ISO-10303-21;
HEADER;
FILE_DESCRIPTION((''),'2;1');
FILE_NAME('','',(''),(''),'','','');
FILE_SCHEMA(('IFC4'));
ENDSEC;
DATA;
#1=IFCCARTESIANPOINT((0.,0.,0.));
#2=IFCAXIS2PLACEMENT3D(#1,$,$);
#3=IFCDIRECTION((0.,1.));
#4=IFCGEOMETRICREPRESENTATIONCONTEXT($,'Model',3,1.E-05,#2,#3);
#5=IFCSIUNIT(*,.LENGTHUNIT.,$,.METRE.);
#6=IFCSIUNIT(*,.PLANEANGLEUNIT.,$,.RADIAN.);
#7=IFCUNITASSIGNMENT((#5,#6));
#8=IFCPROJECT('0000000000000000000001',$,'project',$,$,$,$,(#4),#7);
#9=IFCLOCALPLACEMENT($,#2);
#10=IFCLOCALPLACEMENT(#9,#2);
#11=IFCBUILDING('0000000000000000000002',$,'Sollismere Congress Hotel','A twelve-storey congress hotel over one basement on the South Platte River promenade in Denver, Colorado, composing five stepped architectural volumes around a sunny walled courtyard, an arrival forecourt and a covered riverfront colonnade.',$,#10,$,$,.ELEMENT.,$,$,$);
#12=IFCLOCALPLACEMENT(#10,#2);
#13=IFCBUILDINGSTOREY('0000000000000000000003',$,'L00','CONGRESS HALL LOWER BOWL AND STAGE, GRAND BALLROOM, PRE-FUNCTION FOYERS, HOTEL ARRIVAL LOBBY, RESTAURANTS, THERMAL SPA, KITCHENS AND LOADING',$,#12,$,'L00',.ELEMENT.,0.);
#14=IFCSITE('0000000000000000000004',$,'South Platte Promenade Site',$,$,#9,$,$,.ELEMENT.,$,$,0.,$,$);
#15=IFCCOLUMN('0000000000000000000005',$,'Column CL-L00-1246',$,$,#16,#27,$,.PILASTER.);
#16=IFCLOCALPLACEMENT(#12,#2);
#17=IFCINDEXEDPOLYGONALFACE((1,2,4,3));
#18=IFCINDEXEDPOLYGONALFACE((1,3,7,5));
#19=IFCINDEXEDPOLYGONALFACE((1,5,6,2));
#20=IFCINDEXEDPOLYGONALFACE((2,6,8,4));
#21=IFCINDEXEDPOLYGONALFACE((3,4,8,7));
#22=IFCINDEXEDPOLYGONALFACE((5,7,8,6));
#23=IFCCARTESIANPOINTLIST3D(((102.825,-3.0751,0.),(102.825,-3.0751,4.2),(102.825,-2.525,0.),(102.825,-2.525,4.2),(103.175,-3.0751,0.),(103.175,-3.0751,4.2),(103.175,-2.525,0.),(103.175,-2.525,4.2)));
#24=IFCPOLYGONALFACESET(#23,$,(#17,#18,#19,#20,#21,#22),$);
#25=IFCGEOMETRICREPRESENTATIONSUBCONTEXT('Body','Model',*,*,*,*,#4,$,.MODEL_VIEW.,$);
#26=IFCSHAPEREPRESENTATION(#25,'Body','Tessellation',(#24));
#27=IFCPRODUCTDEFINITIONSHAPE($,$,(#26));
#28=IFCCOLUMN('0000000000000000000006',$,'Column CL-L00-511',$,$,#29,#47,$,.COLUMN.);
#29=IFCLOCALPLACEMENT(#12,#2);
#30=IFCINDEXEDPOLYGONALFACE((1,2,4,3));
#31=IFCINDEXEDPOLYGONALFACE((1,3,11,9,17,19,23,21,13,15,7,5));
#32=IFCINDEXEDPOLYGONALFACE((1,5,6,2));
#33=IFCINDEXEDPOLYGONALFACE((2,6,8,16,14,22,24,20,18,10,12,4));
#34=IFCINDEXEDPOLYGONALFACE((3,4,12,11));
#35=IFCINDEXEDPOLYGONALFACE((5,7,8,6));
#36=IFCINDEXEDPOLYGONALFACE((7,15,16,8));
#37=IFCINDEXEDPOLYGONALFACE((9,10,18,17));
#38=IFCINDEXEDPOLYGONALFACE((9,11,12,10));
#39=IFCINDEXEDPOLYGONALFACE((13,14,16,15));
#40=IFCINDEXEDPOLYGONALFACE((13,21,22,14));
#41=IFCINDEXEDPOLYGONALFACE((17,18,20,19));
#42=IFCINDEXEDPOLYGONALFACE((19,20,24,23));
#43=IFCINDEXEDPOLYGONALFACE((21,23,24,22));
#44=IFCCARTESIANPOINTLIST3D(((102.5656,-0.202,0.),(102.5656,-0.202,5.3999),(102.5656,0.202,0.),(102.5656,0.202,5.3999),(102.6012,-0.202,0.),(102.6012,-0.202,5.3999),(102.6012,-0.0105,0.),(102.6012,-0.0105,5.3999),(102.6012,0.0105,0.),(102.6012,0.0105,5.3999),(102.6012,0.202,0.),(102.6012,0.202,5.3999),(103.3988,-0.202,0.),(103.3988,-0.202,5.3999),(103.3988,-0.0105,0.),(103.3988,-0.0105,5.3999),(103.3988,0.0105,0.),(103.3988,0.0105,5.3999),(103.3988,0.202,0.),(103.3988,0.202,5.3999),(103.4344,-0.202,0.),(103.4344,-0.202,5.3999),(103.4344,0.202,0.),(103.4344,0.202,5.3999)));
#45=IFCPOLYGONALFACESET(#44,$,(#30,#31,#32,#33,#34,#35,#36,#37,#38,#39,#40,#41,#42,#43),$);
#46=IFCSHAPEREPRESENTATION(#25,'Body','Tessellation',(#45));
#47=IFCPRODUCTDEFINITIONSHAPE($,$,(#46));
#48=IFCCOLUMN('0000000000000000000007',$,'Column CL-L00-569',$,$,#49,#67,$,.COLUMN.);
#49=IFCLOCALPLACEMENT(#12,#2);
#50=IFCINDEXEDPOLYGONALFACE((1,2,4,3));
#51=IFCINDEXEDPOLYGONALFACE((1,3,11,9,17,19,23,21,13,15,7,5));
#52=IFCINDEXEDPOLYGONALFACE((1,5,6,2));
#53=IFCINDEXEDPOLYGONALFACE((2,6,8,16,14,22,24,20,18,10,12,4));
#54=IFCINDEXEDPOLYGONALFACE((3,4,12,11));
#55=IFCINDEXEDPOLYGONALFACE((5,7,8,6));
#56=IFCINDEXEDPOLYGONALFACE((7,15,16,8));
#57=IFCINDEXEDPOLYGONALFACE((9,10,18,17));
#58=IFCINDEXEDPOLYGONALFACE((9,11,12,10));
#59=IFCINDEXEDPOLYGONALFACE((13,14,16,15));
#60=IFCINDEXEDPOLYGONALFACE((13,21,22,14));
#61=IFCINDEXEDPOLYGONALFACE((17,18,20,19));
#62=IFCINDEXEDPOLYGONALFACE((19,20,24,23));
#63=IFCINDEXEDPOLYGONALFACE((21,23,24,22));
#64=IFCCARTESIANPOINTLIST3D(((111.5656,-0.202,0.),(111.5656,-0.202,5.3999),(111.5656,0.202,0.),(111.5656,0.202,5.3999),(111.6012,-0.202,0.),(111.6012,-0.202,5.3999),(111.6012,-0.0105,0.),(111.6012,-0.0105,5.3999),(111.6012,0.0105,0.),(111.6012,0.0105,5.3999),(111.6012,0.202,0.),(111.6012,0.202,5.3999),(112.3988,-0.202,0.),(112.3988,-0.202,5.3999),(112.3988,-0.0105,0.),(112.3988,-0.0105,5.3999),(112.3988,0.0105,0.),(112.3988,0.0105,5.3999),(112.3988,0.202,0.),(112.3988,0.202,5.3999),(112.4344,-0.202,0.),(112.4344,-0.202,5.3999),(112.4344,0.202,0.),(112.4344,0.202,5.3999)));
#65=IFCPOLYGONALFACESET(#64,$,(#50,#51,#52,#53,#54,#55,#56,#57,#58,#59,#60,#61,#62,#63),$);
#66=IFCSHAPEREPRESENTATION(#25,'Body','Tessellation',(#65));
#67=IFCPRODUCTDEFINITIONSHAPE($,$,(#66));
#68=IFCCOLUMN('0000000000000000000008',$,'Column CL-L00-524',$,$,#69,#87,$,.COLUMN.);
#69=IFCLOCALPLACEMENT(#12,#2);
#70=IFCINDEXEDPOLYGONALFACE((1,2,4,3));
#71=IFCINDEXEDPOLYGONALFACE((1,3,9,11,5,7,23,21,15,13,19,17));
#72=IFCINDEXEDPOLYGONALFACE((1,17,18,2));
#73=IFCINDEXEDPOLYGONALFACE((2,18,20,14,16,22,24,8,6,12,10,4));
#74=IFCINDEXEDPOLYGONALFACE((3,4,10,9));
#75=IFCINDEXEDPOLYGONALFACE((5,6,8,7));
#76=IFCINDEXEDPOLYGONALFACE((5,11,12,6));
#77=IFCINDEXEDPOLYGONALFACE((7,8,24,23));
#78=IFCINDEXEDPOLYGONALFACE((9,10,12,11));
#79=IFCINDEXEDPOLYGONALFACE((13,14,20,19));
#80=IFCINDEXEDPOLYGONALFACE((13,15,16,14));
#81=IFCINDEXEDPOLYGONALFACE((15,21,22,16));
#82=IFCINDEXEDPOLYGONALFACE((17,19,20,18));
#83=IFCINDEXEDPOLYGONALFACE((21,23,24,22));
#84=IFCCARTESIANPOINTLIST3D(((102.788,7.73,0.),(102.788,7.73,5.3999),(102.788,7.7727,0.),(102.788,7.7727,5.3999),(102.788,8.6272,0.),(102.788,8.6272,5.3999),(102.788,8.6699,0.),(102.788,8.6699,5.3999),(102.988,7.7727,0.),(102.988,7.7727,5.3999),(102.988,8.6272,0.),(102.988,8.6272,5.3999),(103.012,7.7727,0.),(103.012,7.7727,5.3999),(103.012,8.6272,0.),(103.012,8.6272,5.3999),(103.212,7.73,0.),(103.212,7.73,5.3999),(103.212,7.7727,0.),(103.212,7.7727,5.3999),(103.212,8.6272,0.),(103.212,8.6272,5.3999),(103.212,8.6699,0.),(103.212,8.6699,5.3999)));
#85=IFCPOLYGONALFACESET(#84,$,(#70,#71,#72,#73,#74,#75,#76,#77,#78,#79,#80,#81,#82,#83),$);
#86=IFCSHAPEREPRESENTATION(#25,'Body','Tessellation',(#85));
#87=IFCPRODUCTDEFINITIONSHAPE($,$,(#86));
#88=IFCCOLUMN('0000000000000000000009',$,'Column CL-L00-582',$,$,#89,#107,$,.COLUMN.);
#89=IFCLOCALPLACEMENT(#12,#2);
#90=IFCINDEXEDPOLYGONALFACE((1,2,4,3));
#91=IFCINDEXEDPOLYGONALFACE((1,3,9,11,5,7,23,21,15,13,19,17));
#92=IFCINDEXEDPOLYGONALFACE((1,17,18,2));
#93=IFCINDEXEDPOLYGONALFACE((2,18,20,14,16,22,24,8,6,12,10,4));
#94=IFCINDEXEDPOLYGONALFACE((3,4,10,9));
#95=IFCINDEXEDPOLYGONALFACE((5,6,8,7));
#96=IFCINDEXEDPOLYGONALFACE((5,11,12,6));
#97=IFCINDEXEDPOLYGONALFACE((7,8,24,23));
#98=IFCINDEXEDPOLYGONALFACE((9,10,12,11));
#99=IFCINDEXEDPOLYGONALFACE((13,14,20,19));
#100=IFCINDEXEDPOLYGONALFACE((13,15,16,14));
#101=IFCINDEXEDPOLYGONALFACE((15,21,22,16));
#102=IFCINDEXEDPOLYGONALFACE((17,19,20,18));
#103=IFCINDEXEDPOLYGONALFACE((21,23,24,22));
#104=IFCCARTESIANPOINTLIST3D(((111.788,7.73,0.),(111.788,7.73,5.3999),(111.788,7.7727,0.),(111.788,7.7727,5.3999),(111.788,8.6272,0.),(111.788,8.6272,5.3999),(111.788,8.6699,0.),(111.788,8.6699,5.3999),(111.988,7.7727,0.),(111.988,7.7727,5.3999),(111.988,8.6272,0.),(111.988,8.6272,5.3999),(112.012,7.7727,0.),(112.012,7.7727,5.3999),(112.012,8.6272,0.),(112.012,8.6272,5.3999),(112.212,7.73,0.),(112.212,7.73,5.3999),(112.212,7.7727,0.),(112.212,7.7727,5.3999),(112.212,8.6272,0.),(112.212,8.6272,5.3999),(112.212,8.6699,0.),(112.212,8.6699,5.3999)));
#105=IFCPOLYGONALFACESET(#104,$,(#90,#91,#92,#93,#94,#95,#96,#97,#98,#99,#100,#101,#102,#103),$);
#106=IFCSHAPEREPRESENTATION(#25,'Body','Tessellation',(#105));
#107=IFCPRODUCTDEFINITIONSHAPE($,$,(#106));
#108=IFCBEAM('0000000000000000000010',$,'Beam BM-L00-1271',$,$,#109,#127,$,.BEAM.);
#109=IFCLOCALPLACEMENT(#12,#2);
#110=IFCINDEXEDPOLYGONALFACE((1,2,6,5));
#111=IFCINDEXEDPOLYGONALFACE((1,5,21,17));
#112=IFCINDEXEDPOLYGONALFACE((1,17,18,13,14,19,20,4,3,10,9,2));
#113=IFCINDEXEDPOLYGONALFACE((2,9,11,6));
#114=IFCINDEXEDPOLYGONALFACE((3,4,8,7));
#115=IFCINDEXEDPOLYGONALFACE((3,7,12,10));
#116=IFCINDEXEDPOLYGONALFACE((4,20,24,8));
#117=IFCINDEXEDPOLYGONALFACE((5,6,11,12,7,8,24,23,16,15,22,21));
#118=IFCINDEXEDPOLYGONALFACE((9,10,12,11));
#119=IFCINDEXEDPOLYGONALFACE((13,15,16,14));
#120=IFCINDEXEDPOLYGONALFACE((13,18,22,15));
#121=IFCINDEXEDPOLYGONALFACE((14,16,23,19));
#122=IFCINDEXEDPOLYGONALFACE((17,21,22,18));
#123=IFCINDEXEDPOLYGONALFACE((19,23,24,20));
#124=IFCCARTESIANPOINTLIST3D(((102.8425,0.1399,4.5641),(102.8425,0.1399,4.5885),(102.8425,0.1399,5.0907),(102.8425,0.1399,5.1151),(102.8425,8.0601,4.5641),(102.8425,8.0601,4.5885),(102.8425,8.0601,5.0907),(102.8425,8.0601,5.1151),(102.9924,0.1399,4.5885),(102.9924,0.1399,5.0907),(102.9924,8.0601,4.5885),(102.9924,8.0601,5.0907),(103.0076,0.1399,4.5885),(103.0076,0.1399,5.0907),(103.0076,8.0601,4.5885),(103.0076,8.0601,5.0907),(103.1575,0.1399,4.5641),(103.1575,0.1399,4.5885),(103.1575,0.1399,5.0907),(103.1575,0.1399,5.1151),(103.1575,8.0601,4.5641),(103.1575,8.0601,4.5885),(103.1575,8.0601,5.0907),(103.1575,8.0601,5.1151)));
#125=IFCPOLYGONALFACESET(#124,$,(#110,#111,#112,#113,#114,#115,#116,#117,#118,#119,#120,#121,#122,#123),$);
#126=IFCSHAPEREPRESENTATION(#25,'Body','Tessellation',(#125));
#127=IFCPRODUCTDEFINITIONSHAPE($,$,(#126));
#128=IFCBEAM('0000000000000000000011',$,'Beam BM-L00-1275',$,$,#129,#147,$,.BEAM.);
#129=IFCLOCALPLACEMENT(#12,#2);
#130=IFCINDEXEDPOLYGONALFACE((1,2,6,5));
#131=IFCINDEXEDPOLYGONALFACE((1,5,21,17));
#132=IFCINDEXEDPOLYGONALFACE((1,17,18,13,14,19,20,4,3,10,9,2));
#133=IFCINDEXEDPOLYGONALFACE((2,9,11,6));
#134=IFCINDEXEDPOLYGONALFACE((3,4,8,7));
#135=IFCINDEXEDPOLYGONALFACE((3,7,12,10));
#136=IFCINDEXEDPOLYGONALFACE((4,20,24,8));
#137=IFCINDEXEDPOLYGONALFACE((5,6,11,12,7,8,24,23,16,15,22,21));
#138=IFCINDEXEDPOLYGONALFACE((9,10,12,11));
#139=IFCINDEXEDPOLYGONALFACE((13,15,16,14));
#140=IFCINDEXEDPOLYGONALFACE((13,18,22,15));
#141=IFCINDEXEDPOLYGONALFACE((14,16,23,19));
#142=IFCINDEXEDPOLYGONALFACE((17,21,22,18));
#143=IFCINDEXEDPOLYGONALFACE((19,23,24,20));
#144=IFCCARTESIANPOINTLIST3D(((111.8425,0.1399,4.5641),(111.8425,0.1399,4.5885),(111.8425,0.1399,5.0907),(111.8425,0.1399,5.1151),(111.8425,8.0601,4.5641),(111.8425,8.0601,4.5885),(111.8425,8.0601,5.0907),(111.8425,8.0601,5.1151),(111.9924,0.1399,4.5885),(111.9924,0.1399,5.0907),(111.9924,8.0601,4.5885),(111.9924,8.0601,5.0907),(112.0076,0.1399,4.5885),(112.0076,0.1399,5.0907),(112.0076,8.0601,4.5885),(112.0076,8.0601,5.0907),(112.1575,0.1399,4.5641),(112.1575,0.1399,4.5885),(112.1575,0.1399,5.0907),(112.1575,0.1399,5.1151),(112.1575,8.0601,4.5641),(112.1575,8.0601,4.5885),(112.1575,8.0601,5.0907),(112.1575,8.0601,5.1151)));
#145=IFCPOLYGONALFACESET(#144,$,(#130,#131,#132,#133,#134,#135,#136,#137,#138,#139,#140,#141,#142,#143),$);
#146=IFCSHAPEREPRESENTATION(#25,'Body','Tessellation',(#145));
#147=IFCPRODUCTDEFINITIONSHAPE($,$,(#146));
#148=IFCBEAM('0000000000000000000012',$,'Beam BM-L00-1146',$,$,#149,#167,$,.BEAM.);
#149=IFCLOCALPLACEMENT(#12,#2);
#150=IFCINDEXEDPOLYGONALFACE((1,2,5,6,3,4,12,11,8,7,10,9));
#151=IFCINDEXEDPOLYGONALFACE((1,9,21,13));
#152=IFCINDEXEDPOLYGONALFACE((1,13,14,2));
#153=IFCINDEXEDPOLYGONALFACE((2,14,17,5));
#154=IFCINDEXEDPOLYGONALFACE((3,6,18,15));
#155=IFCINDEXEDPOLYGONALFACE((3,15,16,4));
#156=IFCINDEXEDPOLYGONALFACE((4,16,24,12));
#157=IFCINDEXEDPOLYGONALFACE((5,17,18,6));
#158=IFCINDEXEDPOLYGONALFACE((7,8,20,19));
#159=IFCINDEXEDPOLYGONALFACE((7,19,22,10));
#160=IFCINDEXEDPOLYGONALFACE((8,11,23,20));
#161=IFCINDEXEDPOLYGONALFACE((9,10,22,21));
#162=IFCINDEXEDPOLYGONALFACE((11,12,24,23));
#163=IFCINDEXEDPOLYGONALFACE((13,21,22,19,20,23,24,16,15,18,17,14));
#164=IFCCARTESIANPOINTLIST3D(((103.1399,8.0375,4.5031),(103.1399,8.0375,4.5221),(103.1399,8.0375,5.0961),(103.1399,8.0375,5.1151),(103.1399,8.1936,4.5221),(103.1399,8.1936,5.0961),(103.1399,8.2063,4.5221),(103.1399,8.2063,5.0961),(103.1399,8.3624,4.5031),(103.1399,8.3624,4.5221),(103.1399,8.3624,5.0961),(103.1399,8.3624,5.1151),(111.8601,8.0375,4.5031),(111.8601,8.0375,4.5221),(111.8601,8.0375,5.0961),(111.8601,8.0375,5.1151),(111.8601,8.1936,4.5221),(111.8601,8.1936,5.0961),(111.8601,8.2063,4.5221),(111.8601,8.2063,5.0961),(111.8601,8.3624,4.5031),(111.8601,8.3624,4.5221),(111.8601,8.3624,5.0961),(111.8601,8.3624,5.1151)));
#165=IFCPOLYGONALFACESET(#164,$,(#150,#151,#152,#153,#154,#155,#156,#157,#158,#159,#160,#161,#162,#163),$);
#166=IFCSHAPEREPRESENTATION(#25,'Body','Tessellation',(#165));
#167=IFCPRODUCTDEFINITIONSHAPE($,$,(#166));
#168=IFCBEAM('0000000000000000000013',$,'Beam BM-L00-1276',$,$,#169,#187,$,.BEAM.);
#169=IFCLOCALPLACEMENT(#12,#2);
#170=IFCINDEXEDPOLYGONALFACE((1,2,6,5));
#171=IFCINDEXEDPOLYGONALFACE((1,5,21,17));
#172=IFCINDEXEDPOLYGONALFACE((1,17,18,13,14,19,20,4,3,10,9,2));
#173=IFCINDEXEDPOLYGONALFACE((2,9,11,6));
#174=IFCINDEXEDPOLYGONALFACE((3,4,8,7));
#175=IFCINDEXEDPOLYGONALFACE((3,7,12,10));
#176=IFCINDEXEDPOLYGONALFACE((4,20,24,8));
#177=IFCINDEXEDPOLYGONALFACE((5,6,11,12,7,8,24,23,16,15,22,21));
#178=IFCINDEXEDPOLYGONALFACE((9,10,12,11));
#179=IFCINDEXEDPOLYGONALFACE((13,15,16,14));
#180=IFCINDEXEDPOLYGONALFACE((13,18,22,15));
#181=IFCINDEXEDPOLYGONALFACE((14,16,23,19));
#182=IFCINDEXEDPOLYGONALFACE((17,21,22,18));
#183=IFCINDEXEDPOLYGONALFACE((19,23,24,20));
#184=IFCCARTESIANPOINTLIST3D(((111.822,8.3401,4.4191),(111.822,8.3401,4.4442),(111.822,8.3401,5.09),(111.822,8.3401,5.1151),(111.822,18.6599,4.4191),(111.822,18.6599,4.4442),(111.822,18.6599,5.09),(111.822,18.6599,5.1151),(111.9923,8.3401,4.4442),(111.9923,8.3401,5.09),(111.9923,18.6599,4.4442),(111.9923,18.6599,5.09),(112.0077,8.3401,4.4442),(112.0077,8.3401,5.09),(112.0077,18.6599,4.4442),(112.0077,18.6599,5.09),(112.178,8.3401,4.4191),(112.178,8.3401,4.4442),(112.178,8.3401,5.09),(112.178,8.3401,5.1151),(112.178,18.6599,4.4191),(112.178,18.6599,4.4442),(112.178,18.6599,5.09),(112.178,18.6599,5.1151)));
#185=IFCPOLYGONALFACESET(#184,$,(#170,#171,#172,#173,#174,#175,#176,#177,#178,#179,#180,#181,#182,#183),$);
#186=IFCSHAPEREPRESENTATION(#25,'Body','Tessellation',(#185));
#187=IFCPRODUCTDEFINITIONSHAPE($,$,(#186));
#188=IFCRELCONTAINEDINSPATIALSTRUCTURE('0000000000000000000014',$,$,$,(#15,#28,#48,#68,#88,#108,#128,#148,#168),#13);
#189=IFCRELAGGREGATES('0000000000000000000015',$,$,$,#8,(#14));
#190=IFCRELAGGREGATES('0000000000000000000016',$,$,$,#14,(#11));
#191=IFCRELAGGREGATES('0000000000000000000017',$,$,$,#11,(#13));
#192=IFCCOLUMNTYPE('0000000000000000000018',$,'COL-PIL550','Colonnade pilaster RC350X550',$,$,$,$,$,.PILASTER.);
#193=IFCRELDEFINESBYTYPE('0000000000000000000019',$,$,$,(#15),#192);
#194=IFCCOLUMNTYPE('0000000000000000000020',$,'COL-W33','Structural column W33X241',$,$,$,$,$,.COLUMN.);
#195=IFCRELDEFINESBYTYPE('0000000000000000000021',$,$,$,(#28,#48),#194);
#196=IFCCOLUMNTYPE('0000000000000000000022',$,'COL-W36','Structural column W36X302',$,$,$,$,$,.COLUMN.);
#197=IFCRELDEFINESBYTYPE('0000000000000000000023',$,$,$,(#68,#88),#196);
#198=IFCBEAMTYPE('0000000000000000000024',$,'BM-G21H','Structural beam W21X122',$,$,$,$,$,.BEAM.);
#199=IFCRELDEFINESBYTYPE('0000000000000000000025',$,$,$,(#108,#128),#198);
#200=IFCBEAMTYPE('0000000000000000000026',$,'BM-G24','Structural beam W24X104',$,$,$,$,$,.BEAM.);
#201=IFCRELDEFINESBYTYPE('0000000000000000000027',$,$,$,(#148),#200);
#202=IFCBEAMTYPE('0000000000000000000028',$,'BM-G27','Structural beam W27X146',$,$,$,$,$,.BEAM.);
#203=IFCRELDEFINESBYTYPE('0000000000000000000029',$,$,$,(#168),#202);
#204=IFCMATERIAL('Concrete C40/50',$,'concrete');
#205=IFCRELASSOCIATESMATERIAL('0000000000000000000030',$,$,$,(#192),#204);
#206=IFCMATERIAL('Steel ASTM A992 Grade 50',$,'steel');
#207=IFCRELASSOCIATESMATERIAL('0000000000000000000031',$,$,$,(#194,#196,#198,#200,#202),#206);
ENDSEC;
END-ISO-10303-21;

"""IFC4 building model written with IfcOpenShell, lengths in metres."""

from ifc_helpers import new_model, si_unit, direction, frame, origin, origin_2d, place, context, subcontext, project, spatial, rectangle, i_section, extrude, material, material_profile, profile_set, type_object, element, save


model = new_model("IFC4")

# Units and contexts
model_context = context("Model", 3, precision=1e-05, world=origin(), true_north=direction((0.0, 1.0)))
body_context = subcontext(model_context, "Body", "Model", "MODEL_VIEW")
ifc_project = project(units=[si_unit("LENGTHUNIT", "METRE"), si_unit("PLANEANGLEUNIT", "RADIAN")], contexts=[model_context])

# Site, building, storey
site_placement = place(None, origin())
site = spatial("IfcSite", under=ifc_project, at=site_placement, Name="South Platte Promenade Site", CompositionType="ELEMENT", RefElevation=0.0)
building_placement = place(site_placement, origin())
building = spatial("IfcBuilding", under=site, at=building_placement, Name="Sollismere Congress Hotel", Description="A twelve-storey congress hotel over one basement on the South Platte River promenade in Denver, Colorado, composing five stepped architectural volumes around a sunny walled courtyard, an arrival forecourt and a covered riverfront colonnade.", CompositionType="ELEMENT")
storey_placement = place(building_placement, origin())
storey = spatial("IfcBuildingStorey", under=building, at=storey_placement, Name="L00", Description="CONGRESS HALL LOWER BOWL AND STAGE, GRAND BALLROOM, PRE-FUNCTION FOYERS, HOTEL ARRIVAL LOBBY, RESTAURANTS, THERMAL SPA, KITCHENS AND LOADING", LongName="L00", CompositionType="ELEMENT", Elevation=0.0)

# Columns
ifc_material_1 = material(Name="Concrete C40/50", Category="concrete")
ifc_material_profile_1 = material_profile(ifc_material_1, rectangle(XDim=0.3501, YDim=0.55, at=origin_2d()), Name="RC350X550")
ifc_profile_set_1 = profile_set([ifc_material_profile_1], Name="Concrete C40/50")
column_type_1 = type_object("IfcColumnType", Name="COL-PIL550", Description="Colonnade pilaster RC350X550", PredefinedType="PILASTER", material=ifc_profile_set_1)
column_placement = place(storey_placement, frame((103.0, -2.8, 0.0), z_axis=(0.0, 0.0, 1.0), x_axis=(1.0, 0.0, 0.0)))
element("IfcColumn", 1, at=column_placement, inside=storey, type_object=column_type_1, Name="Column CL-L00-1246", PredefinedType="PILASTER", context=body_context, shape_type="SweptSolid", body=[
    extrude(rectangle(XDim=0.3501, YDim=0.55, at=origin_2d()), origin(), (0.0, 0.0, 1.0), 4.2),
])
ifc_material_2 = material(Name="Steel ASTM A992 Grade 50", Category="steel")
ifc_material_profile_2 = material_profile(ifc_material_2, i_section(OverallWidth=0.4041, OverallDepth=0.8689, WebThickness=0.021, FlangeThickness=0.0356, at=origin_2d()), Name="W33X241")
ifc_profile_set_2 = profile_set([ifc_material_profile_2], Name="Steel ASTM A992 Grade 50")
column_type_2 = type_object("IfcColumnType", Name="COL-W33", Description="Structural column W33X241", PredefinedType="COLUMN", material=ifc_profile_set_2)
for number, where, z_axis, x_axis, name in (
    (2, (103.0, 0.0, 0.0), (0.0, 0.0, 1.0), (0.0, 1.0, 0.0), "Column CL-L00-511"),
    (3, (112.0, 0.0, 0.0), (0.0, 0.0, 1.0), (0.0, 1.0, 0.0), "Column CL-L00-569"),
):
    element("IfcColumn", number, at=place(storey_placement, frame(where, z_axis=z_axis, x_axis=x_axis)), inside=storey, type_object=column_type_2, Name=name, PredefinedType="COLUMN", context=body_context, shape_type="SweptSolid", body=[
        extrude(i_section(OverallWidth=0.4041, OverallDepth=0.8689, WebThickness=0.021, FlangeThickness=0.0356, at=origin_2d()), origin(), (0.0, 0.0, 1.0), 5.3999),
    ])
ifc_material_profile_3 = material_profile(ifc_material_2, i_section(OverallWidth=0.4241, OverallDepth=0.9399, WebThickness=0.0239, FlangeThickness=0.0427, at=origin_2d()), Name="W36X302")
ifc_profile_set_3 = profile_set([ifc_material_profile_3], Name="Steel ASTM A992 Grade 50")
column_type_3 = type_object("IfcColumnType", Name="COL-W36", Description="Structural column W36X302", PredefinedType="COLUMN", material=ifc_profile_set_3)
for number, where, z_axis, x_axis, name in (
    (4, (103.0, 8.2, 0.0), (0.0, 0.0, 1.0), (1.0, 0.0, 0.0), "Column CL-L00-524"),
    (5, (112.0, 8.2, 0.0), (0.0, 0.0, 1.0), (1.0, 0.0, 0.0), "Column CL-L00-582"),
):
    element("IfcColumn", number, at=place(storey_placement, frame(where, z_axis=z_axis, x_axis=x_axis)), inside=storey, type_object=column_type_3, Name=name, PredefinedType="COLUMN", context=body_context, shape_type="SweptSolid", body=[
        extrude(i_section(OverallWidth=0.4241, OverallDepth=0.9399, WebThickness=0.0239, FlangeThickness=0.0427, at=origin_2d()), origin(), (0.0, 0.0, 1.0), 5.3999),
    ])

# Beams
ifc_material_profile_4 = material_profile(ifc_material_2, i_section(OverallWidth=0.3149, OverallDepth=0.551, WebThickness=0.0151, FlangeThickness=0.0244, at=origin_2d()), Name="W21X122")
ifc_profile_set_4 = profile_set([ifc_material_profile_4], Name="Steel ASTM A992 Grade 50")
beam_type_1 = type_object("IfcBeamType", Name="BM-G21H", Description="Structural beam W21X122", PredefinedType="BEAM", material=ifc_profile_set_4)
for number, where, z_axis, x_axis, name in (
    (6, (103.0, 0.1399, 4.8396), (0.0, 1.0, 0.0), (-1.0, 0.0, 0.0), "Beam BM-L00-1271"),
    (7, (112.0, 0.1399, 4.8396), (0.0, 1.0, 0.0), (-1.0, 0.0, 0.0), "Beam BM-L00-1275"),
):
    element("IfcBeam", number, at=place(storey_placement, frame(where, z_axis=z_axis, x_axis=x_axis)), inside=storey, type_object=beam_type_1, Name=name, PredefinedType="BEAM", context=body_context, shape_type="SweptSolid", body=[
        extrude(i_section(OverallWidth=0.3149, OverallDepth=0.551, WebThickness=0.0151, FlangeThickness=0.0244, at=origin_2d()), origin(), (0.0, 0.0, 1.0), 7.9202),
    ])
ifc_material_profile_5 = material_profile(ifc_material_2, i_section(OverallWidth=0.325, OverallDepth=0.6121, WebThickness=0.0127, FlangeThickness=0.019, at=origin_2d()), Name="W24X104")
ifc_profile_set_5 = profile_set([ifc_material_profile_5], Name="Steel ASTM A992 Grade 50")
beam_type_2 = type_object("IfcBeamType", Name="BM-G24", Description="Structural beam W24X104", PredefinedType="BEAM", material=ifc_profile_set_5)
beam_1_placement = place(storey_placement, frame((103.1399, 8.2, 4.8091), z_axis=(1.0, 0.0, 0.0), x_axis=(0.0, 1.0, 0.0)))
element("IfcBeam", 8, at=beam_1_placement, inside=storey, type_object=beam_type_2, Name="Beam BM-L00-1146", PredefinedType="BEAM", context=body_context, shape_type="SweptSolid", body=[
    extrude(i_section(OverallWidth=0.325, OverallDepth=0.6121, WebThickness=0.0127, FlangeThickness=0.019, at=origin_2d()), origin(), (0.0, 0.0, 1.0), 8.7202),
])
ifc_material_profile_6 = material_profile(ifc_material_2, i_section(OverallWidth=0.356, OverallDepth=0.696, WebThickness=0.0154, FlangeThickness=0.0251, at=origin_2d()), Name="W27X146")
ifc_profile_set_6 = profile_set([ifc_material_profile_6], Name="Steel ASTM A992 Grade 50")
beam_type_3 = type_object("IfcBeamType", Name="BM-G27", Description="Structural beam W27X146", PredefinedType="BEAM", material=ifc_profile_set_6)
beam_2_placement = place(storey_placement, frame((112.0, 8.3401, 4.7671), z_axis=(0.0, 1.0, 0.0), x_axis=(-1.0, 0.0, 0.0)))
element("IfcBeam", 9, at=beam_2_placement, inside=storey, type_object=beam_type_3, Name="Beam BM-L00-1276", PredefinedType="BEAM", context=body_context, shape_type="SweptSolid", body=[
    extrude(i_section(OverallWidth=0.356, OverallDepth=0.696, WebThickness=0.0154, FlangeThickness=0.0251, at=origin_2d()), origin(), (0.0, 0.0, 1.0), 10.3198),
])

save(model, "model.ifc")
